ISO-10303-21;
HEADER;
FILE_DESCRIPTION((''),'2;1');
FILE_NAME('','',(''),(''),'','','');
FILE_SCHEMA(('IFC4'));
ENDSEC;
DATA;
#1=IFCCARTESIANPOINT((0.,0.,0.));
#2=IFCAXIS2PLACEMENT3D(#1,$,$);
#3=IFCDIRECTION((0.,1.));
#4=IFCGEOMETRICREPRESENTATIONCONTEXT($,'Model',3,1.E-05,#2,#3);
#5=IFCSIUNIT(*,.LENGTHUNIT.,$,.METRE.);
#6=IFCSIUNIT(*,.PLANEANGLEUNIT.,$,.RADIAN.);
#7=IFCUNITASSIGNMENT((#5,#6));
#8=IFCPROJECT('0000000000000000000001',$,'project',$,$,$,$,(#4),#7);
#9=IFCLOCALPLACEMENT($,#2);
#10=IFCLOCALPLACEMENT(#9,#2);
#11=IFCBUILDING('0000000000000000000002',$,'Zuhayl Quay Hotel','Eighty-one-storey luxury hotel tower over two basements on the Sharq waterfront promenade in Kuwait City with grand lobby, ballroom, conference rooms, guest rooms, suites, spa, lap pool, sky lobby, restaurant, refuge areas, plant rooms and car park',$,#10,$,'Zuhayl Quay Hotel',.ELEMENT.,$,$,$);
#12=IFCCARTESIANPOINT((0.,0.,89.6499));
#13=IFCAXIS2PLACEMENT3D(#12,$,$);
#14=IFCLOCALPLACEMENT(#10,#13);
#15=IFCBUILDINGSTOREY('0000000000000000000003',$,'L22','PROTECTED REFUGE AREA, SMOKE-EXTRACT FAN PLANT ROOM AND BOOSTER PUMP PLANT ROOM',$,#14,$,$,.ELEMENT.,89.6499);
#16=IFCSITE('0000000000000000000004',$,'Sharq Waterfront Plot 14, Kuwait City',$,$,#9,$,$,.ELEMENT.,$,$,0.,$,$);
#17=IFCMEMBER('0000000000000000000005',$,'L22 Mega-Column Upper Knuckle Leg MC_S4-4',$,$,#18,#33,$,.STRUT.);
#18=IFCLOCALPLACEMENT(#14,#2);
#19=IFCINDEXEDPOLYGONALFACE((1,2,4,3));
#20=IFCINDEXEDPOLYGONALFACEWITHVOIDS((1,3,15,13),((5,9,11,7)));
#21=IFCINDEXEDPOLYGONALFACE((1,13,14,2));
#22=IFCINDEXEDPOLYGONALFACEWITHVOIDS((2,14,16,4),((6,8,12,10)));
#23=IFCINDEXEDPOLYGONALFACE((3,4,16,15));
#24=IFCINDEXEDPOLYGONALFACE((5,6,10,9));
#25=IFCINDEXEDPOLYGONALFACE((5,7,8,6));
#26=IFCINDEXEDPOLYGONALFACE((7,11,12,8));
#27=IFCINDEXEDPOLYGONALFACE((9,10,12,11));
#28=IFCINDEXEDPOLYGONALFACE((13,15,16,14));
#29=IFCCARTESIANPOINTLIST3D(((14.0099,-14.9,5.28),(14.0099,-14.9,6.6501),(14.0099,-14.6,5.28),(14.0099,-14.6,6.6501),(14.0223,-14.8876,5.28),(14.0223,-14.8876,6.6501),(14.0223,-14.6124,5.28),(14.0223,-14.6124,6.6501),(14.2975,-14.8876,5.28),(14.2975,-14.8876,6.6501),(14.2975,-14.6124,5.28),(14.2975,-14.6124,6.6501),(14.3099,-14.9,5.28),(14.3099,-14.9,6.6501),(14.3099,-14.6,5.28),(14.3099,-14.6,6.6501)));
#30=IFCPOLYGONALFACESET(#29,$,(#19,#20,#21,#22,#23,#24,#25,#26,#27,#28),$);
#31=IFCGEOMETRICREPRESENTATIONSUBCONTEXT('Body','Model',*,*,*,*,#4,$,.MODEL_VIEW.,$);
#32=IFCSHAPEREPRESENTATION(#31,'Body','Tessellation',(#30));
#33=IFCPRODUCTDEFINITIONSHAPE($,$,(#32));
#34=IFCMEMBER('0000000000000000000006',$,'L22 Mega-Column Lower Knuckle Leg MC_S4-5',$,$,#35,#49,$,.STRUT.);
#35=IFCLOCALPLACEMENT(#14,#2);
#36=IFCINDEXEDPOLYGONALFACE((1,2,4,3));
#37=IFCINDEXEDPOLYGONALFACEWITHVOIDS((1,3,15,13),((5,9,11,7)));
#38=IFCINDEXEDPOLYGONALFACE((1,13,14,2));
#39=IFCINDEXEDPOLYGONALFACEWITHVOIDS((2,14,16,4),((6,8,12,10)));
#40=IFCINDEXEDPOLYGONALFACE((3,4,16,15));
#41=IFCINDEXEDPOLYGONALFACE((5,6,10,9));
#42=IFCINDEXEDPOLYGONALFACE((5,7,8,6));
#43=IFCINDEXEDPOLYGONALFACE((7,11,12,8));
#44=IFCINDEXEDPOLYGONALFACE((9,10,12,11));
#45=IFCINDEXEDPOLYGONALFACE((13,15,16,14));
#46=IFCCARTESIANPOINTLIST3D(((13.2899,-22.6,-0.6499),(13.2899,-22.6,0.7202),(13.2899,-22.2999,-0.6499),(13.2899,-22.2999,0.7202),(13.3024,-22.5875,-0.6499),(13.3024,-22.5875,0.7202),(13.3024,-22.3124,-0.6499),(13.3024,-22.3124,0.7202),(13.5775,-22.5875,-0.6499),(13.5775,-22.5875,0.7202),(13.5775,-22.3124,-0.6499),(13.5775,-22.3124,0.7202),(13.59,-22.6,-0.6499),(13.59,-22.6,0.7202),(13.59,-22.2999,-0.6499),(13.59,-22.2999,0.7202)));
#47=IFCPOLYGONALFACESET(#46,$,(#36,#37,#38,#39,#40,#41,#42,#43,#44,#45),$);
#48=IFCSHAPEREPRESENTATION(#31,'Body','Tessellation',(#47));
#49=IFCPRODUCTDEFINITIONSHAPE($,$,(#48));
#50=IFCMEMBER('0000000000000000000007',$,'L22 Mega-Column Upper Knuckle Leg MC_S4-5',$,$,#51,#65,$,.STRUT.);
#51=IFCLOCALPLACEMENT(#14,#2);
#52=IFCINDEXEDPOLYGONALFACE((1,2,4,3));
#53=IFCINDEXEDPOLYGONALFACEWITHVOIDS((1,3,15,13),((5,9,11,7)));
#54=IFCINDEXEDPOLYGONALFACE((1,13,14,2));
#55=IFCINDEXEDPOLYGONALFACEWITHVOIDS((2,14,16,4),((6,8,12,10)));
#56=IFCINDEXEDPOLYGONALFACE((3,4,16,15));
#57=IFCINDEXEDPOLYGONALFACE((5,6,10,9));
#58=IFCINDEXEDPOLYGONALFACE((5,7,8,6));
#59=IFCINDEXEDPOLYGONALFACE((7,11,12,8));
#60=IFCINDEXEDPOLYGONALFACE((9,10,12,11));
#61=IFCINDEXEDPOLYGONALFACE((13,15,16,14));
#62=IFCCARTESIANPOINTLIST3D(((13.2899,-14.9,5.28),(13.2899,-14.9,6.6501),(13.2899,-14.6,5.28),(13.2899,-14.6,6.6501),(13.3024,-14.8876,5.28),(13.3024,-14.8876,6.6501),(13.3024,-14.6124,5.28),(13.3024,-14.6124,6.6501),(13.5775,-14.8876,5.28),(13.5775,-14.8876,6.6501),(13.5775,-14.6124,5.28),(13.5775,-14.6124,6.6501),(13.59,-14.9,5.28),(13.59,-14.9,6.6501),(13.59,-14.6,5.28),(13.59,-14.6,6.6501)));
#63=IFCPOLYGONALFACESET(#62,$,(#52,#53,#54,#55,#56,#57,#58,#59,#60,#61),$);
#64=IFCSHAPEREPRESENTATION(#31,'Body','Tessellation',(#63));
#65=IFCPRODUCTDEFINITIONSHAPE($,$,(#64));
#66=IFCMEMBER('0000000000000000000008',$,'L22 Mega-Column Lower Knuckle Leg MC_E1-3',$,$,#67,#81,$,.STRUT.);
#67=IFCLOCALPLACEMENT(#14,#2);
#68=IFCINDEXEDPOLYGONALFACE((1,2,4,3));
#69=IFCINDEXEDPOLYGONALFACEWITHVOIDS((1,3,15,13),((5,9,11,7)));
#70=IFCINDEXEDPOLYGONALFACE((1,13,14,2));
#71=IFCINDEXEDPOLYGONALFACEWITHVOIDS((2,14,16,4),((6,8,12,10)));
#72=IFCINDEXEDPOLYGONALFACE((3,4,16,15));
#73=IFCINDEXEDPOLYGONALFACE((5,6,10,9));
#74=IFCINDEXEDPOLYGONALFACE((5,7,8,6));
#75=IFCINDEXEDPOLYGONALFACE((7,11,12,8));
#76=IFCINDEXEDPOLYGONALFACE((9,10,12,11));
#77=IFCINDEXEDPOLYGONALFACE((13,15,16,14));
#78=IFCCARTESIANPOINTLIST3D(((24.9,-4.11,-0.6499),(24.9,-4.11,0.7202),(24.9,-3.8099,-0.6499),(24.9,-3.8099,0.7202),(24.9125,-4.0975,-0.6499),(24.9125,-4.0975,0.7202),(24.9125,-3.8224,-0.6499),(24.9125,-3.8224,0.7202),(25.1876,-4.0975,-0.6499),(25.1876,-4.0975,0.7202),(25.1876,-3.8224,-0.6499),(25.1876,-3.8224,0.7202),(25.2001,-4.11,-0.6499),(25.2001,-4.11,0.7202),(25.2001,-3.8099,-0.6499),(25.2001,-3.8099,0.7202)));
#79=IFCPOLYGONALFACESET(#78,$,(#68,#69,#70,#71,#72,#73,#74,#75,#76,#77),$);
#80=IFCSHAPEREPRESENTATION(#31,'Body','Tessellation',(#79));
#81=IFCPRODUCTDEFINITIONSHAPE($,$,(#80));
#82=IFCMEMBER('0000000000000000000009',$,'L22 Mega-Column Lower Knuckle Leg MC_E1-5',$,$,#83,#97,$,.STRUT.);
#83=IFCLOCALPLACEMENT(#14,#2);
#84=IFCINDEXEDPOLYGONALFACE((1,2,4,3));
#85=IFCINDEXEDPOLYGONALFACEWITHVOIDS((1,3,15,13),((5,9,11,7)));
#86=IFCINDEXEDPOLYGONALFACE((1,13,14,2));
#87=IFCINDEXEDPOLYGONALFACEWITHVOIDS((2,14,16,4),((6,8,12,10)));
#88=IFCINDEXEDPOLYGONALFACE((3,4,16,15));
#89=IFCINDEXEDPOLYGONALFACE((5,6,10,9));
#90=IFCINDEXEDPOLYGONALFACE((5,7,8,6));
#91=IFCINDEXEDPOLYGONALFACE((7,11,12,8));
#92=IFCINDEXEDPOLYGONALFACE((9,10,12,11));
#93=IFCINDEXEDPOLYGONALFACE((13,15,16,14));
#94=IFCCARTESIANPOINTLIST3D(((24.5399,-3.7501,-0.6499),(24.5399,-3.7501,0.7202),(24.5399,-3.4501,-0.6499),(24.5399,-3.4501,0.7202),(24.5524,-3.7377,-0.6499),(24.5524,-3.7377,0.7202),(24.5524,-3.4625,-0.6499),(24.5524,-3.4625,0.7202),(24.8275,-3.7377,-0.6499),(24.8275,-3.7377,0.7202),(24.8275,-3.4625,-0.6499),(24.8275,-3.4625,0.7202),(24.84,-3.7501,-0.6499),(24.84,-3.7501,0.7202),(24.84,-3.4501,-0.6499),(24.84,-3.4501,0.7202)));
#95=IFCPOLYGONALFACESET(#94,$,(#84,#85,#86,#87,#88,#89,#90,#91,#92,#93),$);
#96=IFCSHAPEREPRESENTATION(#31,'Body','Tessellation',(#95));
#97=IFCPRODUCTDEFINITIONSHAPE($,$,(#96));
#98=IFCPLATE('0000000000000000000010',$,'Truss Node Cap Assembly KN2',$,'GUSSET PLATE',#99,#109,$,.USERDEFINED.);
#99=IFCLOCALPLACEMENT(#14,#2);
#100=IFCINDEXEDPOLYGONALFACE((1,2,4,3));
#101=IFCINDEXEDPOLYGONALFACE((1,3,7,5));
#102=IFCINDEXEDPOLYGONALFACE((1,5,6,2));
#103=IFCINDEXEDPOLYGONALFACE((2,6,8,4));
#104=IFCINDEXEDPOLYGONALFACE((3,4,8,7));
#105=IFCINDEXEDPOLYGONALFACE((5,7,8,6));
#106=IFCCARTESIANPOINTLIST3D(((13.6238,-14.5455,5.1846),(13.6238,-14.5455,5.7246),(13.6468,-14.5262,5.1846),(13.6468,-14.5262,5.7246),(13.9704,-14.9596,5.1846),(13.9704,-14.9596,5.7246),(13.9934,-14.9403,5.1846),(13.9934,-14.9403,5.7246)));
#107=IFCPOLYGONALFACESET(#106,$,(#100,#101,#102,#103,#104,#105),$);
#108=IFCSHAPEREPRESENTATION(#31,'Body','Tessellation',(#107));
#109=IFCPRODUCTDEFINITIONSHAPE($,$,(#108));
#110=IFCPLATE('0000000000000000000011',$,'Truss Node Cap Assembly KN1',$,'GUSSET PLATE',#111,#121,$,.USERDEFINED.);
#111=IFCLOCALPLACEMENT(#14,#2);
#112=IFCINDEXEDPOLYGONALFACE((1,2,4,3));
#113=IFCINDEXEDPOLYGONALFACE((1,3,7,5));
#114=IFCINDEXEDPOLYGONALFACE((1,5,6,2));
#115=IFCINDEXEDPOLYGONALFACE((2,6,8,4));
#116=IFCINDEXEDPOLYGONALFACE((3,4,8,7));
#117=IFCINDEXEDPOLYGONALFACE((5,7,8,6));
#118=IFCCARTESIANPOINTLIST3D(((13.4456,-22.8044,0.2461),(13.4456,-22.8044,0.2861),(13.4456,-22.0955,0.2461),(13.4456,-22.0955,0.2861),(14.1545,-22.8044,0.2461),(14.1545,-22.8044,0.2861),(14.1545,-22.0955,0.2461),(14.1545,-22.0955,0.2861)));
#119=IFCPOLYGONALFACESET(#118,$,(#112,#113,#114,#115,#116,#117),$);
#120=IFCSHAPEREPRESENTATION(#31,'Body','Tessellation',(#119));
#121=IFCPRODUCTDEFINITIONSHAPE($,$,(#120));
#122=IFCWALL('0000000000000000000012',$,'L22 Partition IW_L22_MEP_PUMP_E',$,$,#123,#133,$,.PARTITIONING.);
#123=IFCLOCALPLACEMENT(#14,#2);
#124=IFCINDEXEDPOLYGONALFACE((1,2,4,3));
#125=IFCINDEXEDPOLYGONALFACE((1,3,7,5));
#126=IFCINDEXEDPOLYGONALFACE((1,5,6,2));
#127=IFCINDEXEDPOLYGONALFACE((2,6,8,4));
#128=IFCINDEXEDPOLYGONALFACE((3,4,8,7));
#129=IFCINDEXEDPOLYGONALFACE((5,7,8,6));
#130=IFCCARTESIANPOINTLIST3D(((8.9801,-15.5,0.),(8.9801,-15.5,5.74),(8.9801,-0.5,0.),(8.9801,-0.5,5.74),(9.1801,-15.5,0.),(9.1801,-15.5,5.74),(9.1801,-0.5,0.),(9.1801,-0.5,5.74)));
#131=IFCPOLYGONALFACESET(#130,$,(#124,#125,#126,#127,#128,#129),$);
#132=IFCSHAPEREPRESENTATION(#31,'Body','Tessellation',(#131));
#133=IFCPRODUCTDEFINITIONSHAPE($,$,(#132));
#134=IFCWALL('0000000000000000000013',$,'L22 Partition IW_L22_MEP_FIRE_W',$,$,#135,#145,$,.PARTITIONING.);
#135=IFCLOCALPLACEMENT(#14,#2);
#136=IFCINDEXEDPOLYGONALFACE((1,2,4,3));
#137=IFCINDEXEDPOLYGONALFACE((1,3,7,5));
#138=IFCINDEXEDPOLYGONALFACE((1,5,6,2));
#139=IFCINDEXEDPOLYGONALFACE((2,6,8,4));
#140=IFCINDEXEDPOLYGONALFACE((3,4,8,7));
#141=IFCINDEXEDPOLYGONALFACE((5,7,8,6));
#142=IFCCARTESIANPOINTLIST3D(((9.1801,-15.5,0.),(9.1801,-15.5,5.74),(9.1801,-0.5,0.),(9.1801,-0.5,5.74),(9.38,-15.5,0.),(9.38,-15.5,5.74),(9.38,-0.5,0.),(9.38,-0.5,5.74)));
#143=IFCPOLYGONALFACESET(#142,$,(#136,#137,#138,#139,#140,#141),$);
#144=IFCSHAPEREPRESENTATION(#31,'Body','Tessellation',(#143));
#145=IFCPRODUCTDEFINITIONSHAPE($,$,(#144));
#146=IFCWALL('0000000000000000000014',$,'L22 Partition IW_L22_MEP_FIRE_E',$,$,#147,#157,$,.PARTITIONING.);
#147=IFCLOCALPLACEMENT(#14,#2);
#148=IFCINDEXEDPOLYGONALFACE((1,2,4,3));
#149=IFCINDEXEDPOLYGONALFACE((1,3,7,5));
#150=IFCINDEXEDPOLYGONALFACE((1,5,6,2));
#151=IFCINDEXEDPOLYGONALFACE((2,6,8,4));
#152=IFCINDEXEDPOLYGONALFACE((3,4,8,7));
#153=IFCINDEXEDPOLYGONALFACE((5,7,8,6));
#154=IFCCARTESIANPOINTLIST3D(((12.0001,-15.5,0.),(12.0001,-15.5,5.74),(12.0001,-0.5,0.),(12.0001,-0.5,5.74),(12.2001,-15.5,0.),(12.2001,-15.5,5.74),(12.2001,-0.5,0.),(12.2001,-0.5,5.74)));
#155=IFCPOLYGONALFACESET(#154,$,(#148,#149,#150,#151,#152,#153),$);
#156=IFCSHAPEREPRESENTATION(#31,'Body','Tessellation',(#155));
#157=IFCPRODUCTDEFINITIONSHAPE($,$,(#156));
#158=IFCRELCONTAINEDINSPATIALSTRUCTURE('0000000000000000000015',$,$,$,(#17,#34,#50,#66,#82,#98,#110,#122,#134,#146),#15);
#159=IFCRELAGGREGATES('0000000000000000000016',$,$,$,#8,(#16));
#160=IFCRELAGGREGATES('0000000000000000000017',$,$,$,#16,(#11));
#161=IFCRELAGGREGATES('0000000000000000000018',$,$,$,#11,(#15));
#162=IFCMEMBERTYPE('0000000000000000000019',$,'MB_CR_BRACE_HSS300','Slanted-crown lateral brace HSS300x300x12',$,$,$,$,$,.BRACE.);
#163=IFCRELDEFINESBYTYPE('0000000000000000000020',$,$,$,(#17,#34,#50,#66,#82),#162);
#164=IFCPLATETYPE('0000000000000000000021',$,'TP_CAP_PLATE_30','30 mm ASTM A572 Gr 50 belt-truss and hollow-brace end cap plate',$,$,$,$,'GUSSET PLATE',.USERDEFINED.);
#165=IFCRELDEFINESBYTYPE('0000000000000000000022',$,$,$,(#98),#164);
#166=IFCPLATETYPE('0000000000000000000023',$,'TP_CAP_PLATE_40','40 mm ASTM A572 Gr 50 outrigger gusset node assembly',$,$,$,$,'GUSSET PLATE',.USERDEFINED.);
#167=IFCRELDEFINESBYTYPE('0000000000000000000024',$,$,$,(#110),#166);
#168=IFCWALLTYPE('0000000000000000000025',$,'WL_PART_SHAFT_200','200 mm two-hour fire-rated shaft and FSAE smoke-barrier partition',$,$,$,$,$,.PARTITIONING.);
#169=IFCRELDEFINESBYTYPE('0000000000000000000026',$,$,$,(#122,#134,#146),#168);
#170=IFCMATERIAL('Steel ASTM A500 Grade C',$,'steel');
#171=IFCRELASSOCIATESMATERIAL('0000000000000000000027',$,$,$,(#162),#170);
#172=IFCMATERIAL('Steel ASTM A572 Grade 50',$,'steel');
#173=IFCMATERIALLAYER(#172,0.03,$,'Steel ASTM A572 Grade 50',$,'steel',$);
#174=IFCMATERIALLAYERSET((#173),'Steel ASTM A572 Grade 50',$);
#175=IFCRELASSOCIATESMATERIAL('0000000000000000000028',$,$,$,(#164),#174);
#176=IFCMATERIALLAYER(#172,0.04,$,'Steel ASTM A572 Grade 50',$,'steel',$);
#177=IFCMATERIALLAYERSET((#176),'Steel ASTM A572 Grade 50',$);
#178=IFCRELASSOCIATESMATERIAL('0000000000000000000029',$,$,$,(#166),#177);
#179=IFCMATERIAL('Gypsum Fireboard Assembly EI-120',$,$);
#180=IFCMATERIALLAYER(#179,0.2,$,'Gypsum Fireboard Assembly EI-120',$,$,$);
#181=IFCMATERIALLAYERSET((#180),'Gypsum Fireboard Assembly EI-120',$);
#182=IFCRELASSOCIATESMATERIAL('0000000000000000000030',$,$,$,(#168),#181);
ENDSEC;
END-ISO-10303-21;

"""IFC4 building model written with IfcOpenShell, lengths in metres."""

from ifc_helpers import new_model, si_unit, direction, frame, frame_2d, origin, origin_2d, place, context, subcontext, project, spatial, rectangle, hollow_rectangle, extrude, material, layer, layer_set, material_profile, profile_set, type_object, element, save


model = new_model("IFC4")

# Units and contexts
model_context = context("Model", 3, precision=1e-05, world=origin(), true_north=direction((0.0, 1.0)))
body_context = subcontext(model_context, "Body", "Model", "MODEL_VIEW")
ifc_project = project(units=[si_unit("LENGTHUNIT", "METRE"), si_unit("PLANEANGLEUNIT", "RADIAN")], contexts=[model_context])

# Site, building, storey
site_placement = place(None, origin())
site = spatial("IfcSite", under=ifc_project, at=site_placement, Name="Sharq Waterfront Plot 14, Kuwait City", CompositionType="ELEMENT", RefElevation=0.0)
building_placement = place(site_placement, origin())
building = spatial("IfcBuilding", under=site, at=building_placement, Name="Zuhayl Quay Hotel", Description="Eighty-one-storey luxury hotel tower over two basements on the Sharq waterfront promenade in Kuwait City with grand lobby, ballroom, conference rooms, guest rooms, suites, spa, lap pool, sky lobby, restaurant, refuge areas, plant rooms and car park", LongName="Zuhayl Quay Hotel", CompositionType="ELEMENT")
storey_placement = place(building_placement, frame((0.0, 0.0, 89.6499)))
storey = spatial("IfcBuildingStorey", under=building, at=storey_placement, Name="L22", Description="PROTECTED REFUGE AREA, SMOKE-EXTRACT FAN PLANT ROOM AND BOOSTER PUMP PLANT ROOM", CompositionType="ELEMENT", Elevation=89.6499)

# Members
ifc_material_1 = material(Name="Steel ASTM A500 Grade C", Category="steel")
ifc_material_profile_1 = material_profile(ifc_material_1, hollow_rectangle(XDim=0.3, YDim=0.3, WallThickness=0.0125, at=origin_2d()), Name="HSS300X300X12")
ifc_profile_set_1 = profile_set([ifc_material_profile_1], Name="Steel ASTM A500 Grade C")
member_type = type_object("IfcMemberType", Name="MB_CR_BRACE_HSS300", Description="Slanted-crown lateral brace HSS300x300x12", PredefinedType="BRACE", material=ifc_profile_set_1)
for number, where, z_axis, x_axis, name in (
    (1, (14.1599, -14.75, 5.28), (0.0, 0.0, 1.0), (1.0, 0.0, 0.0), "L22 Mega-Column Upper Knuckle Leg MC_S4-4"),
    (2, (13.4399, -22.45, -0.6499), (0.0, 0.0, 1.0), (1.0, 0.0, 0.0), "L22 Mega-Column Lower Knuckle Leg MC_S4-5"),
    (3, (13.4399, -14.75, 5.28), (0.0, 0.0, 1.0), (1.0, 0.0, 0.0), "L22 Mega-Column Upper Knuckle Leg MC_S4-5"),
    (4, (25.05, -3.96, -0.6499), (0.0, 0.0, 1.0), (1.0, 0.0, 0.0), "L22 Mega-Column Lower Knuckle Leg MC_E1-3"),
    (5, (24.6899, -3.6001, -0.6499), (0.0, 0.0, 1.0), (1.0, 0.0, 0.0), "L22 Mega-Column Lower Knuckle Leg MC_E1-5"),
):
    element("IfcMember", number, at=place(storey_placement, frame(where, z_axis=z_axis, x_axis=x_axis)), inside=storey, type_object=member_type, Name=name, PredefinedType="STRUT", context=body_context, shape_type="SweptSolid", body=[
        extrude(hollow_rectangle(XDim=0.3, YDim=0.3, WallThickness=0.0125, at=origin_2d()), origin(), (0.0, 0.0, 1.0), 1.3701),
    ])

# Plates
ifc_material_2 = material(Name="Steel ASTM A572 Grade 50", Category="steel")
ifc_layer_1 = layer(ifc_material_2, 0.03, Name="Steel ASTM A572 Grade 50", Category="steel")
ifc_layer_set_1 = layer_set([ifc_layer_1], Name="Steel ASTM A572 Grade 50")
plate_type_1 = type_object("IfcPlateType", Name="TP_CAP_PLATE_30", Description="30 mm ASTM A572 Gr 50 belt-truss and hollow-brace end cap plate", ElementType="GUSSET PLATE", PredefinedType="USERDEFINED", material=ifc_layer_set_1)
plate_1_placement = place(storey_placement, frame((13.8086, -14.7429, 5.1846), z_axis=(0.0, 0.0, 1.0), x_axis=(0.766829, 0.641851, 0.0)))
element("IfcPlate", 6, at=plate_1_placement, inside=storey, type_object=plate_type_1, Name="Truss Node Cap Assembly KN2", ObjectType="GUSSET PLATE", PredefinedType="USERDEFINED", context=body_context, shape_type="SweptSolid", body=[
    extrude(rectangle(XDim=0.03, YDim=0.54, at=origin_2d()), origin(), (0.0, 0.0, 1.0), 0.54),
])
ifc_layer_2 = layer(ifc_material_2, 0.04, Name="Steel ASTM A572 Grade 50", Category="steel")
ifc_layer_set_2 = layer_set([ifc_layer_2], Name="Steel ASTM A572 Grade 50")
plate_type_2 = type_object("IfcPlateType", Name="TP_CAP_PLATE_40", Description="40 mm ASTM A572 Gr 50 outrigger gusset node assembly", ElementType="GUSSET PLATE", PredefinedType="USERDEFINED", material=ifc_layer_set_2)
plate_2_placement = place(storey_placement, frame((13.8, -22.45, 0.2461), z_axis=(0.0, 0.0, 1.0), x_axis=(1.0, 0.0, 0.0)))
element("IfcPlate", 7, at=plate_2_placement, inside=storey, type_object=plate_type_2, Name="Truss Node Cap Assembly KN1", ObjectType="GUSSET PLATE", PredefinedType="USERDEFINED", context=body_context, shape_type="SweptSolid", body=[
    extrude(rectangle(XDim=0.709, YDim=0.709, at=origin_2d()), origin(), (0.0, 0.0, 1.0), 0.04),
])

# Walls
ifc_material_3 = material(Name="Gypsum Fireboard Assembly EI-120")
ifc_layer_3 = layer(ifc_material_3, 0.2, Name="Gypsum Fireboard Assembly EI-120")
ifc_layer_set_3 = layer_set([ifc_layer_3], Name="Gypsum Fireboard Assembly EI-120")
wall_type = type_object("IfcWallType", Name="WL_PART_SHAFT_200", Description="200 mm two-hour fire-rated shaft and FSAE smoke-barrier partition", PredefinedType="PARTITIONING", material=ifc_layer_set_3)
wall_1_placement = place(storey_placement, frame((9.0801, -15.5, 0.0), z_axis=(0.0, 0.0, 1.0), x_axis=(0.0, 1.0, 0.0)))
element("IfcWall", 8, at=wall_1_placement, inside=storey, type_object=wall_type, Name="L22 Partition IW_L22_MEP_PUMP_E", PredefinedType="PARTITIONING", context=body_context, shape_type="SweptSolid", body=[
    extrude(rectangle(XDim=15.0, YDim=0.2, at=frame_2d((7.5, 0.0))), origin(), (0.0, 0.0, 1.0), 5.74),
])
for number, where, z_axis, x_axis, name in (
    (9, (9.28, -15.5, 0.0), (0.0, 0.0, 1.0), (0.0, 1.0, 0.0), "L22 Partition IW_L22_MEP_FIRE_W"),
    (10, (12.1001, -15.5, 0.0), (0.0, 0.0, 1.0), (0.0, 1.0, 0.0), "L22 Partition IW_L22_MEP_FIRE_E"),
):
    element("IfcWall", number, at=place(storey_placement, frame(where, z_axis=z_axis, x_axis=x_axis)), inside=storey, type_object=wall_type, Name=name, PredefinedType="PARTITIONING", context=body_context, shape_type="SweptSolid", body=[
        extrude(rectangle(XDim=15.0, YDim=0.2, at=frame_2d((7.5, 0.0))), origin(), (0.0, 0.0, 1.0), 5.74),
    ])

save(model, "model.ifc")
